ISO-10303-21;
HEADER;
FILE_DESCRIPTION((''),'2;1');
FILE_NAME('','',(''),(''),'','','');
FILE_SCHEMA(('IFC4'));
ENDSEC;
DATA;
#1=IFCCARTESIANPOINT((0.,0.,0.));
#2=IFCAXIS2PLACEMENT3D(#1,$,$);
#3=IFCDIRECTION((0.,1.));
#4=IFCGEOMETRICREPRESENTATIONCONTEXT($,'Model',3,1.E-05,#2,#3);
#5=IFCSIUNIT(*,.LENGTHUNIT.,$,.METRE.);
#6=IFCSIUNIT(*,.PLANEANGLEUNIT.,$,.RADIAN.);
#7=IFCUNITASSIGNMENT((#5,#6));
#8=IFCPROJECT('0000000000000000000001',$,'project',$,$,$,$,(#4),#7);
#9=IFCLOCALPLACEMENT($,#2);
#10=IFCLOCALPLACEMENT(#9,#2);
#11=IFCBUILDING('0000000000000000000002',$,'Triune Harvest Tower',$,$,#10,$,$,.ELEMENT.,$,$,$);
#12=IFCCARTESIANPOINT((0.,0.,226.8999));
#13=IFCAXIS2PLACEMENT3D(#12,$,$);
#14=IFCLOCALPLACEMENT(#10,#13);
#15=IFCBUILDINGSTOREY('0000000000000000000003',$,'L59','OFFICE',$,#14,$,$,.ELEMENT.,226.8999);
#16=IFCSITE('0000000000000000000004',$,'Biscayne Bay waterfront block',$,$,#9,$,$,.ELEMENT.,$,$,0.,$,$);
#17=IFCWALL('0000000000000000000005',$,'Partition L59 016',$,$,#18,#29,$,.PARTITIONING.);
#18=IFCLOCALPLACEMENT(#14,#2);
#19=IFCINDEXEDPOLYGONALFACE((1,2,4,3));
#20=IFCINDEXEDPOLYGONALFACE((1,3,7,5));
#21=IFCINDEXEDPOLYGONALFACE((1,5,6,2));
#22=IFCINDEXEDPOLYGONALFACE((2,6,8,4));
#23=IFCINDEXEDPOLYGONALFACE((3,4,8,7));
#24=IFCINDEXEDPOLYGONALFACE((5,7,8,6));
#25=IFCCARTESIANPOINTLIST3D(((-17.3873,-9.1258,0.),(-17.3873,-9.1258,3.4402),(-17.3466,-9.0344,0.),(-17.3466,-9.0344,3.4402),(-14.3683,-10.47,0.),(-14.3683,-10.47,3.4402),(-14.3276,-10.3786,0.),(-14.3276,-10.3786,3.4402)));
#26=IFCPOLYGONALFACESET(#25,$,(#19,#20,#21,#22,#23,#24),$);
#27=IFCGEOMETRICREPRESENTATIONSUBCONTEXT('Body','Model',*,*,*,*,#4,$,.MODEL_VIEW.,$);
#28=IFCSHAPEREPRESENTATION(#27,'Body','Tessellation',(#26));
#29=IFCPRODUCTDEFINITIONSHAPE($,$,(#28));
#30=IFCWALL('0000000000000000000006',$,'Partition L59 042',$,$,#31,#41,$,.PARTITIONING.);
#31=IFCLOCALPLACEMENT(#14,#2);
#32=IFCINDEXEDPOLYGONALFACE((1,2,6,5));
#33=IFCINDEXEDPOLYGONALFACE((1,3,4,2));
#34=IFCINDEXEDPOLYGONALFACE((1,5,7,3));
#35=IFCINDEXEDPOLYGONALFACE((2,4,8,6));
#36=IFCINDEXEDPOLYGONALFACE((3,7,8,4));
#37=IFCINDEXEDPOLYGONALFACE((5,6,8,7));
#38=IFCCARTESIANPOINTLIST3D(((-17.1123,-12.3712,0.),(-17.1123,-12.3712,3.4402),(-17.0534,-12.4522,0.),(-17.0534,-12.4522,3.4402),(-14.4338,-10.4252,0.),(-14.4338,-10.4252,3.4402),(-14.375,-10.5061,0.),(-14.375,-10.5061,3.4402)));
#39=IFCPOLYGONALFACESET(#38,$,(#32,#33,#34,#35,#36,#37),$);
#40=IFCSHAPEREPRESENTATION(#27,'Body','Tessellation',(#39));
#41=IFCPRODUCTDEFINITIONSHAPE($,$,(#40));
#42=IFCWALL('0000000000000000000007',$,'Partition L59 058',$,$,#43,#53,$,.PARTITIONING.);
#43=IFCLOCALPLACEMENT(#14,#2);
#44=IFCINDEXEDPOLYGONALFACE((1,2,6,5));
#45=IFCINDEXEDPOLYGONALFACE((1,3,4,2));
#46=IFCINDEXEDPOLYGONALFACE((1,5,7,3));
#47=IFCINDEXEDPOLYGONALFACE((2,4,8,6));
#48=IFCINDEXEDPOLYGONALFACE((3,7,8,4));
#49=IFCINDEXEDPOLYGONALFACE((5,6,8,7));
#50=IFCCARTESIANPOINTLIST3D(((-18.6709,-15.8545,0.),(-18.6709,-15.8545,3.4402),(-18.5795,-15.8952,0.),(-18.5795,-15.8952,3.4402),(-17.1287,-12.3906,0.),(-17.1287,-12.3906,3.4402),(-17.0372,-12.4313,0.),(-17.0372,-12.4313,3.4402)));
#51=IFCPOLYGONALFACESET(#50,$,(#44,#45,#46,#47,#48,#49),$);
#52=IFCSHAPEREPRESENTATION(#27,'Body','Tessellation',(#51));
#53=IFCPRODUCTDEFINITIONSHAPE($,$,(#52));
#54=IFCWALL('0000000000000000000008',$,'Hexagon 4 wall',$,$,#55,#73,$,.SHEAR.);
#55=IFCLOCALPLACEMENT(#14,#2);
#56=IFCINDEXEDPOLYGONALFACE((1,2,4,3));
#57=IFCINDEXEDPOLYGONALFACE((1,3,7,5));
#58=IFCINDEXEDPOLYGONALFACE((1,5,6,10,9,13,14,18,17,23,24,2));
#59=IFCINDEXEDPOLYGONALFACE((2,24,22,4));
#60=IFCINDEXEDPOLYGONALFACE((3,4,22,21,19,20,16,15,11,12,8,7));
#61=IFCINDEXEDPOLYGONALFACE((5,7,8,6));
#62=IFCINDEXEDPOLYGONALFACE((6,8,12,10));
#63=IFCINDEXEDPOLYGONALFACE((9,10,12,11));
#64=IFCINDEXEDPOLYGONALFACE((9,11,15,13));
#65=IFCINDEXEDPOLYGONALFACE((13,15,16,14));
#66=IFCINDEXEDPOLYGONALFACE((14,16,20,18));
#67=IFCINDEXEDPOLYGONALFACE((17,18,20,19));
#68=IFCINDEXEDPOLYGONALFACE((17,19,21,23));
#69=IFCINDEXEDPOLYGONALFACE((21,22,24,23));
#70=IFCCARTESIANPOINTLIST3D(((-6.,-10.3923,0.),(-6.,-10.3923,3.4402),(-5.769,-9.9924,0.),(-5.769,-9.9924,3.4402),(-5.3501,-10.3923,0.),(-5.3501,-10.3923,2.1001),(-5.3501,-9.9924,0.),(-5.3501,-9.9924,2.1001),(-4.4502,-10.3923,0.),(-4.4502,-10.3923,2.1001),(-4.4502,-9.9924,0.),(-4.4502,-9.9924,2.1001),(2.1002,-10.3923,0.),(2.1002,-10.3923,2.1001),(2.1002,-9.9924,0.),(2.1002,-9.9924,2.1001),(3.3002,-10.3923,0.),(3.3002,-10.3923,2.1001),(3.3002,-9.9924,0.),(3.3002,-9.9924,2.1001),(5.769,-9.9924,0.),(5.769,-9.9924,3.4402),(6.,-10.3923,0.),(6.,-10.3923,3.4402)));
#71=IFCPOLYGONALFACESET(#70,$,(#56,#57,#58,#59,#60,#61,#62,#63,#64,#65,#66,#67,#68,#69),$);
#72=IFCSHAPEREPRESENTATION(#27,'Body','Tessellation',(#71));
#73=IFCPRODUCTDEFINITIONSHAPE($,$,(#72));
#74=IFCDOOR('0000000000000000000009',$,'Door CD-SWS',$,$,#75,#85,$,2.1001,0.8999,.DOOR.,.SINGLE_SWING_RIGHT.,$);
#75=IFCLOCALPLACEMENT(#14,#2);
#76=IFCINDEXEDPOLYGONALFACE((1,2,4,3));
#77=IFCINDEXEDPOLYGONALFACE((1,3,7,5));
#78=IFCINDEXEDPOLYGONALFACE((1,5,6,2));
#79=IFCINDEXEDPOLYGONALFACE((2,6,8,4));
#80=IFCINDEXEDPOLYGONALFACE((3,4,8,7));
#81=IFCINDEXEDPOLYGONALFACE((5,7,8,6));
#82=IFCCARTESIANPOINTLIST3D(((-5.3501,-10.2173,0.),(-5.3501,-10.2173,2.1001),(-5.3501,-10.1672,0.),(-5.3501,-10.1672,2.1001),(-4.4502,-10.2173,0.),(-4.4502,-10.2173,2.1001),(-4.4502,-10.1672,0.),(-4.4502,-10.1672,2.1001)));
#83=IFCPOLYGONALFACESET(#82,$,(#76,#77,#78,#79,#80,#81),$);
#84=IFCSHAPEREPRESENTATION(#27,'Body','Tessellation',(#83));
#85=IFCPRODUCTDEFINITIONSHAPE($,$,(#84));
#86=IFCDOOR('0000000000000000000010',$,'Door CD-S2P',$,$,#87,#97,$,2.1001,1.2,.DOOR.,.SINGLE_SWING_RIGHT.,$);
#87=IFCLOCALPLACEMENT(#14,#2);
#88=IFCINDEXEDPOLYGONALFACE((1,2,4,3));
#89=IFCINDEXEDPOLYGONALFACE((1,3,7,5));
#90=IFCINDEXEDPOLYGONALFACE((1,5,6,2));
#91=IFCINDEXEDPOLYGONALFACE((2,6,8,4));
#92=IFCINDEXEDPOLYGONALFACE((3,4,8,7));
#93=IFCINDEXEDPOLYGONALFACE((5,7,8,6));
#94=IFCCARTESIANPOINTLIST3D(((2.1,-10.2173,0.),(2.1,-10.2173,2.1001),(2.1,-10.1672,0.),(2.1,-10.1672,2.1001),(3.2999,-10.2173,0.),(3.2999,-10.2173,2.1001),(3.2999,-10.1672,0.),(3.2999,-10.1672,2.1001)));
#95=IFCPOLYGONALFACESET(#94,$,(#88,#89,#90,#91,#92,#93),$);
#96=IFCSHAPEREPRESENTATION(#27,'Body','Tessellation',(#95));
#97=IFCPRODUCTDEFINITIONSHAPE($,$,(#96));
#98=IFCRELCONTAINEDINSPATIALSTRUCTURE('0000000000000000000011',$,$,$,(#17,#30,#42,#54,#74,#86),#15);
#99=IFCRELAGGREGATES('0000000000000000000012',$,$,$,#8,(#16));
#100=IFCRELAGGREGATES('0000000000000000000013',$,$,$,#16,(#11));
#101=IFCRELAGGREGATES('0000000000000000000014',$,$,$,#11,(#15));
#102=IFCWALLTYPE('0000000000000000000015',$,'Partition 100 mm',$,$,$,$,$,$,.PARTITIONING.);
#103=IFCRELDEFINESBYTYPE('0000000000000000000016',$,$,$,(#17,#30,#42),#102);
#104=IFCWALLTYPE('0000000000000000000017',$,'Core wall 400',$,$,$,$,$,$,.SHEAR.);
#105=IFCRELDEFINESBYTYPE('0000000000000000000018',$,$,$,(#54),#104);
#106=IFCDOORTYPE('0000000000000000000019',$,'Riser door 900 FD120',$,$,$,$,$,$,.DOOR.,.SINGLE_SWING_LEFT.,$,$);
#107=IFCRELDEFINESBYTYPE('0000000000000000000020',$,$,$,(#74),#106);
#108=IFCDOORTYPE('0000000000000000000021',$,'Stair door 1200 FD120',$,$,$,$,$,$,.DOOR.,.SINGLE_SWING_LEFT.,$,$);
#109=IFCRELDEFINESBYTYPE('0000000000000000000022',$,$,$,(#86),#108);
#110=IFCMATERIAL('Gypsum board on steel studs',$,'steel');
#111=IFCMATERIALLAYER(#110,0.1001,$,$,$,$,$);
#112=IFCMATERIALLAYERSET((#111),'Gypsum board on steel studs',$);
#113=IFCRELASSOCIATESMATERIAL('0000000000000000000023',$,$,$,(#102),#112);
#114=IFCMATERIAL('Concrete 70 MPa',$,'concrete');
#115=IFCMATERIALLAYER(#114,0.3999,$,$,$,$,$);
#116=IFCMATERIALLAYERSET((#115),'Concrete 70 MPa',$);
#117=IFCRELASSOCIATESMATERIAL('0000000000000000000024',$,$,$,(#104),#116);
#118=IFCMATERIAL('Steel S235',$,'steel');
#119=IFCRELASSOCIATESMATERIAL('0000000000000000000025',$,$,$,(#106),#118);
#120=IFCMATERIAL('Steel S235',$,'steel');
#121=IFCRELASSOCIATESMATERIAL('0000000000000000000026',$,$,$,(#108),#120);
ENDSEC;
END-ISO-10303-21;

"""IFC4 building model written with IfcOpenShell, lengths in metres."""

from ifc_helpers import new_model, si_unit, direction, frame, frame_2d, origin, place, context, subcontext, project, spatial, polyline, rectangle, outline, extrude, source, transform, mapped, material, layer, layer_set, type_object, element, fill, save


model = new_model("IFC4")

# Units and contexts
model_context = context("Model", 3, precision=1e-05, world=origin(), true_north=direction((0.0, 1.0)))
body_context = subcontext(model_context, "Body", "Model", "MODEL_VIEW")
ifc_project = project(units=[si_unit("LENGTHUNIT", "METRE"), si_unit("PLANEANGLEUNIT", "RADIAN")], contexts=[model_context])

# Site, building, storey
site_placement = place(None, origin())
site = spatial("IfcSite", under=ifc_project, at=site_placement, Name="Biscayne Bay waterfront block", CompositionType="ELEMENT", RefElevation=0.0)
building_placement = place(site_placement, origin())
building = spatial("IfcBuilding", under=site, at=building_placement, Name="Triune Harvest Tower", CompositionType="ELEMENT")
storey_placement = place(building_placement, frame((0.0, 0.0, 226.8999)))
storey = spatial("IfcBuildingStorey", under=building, at=storey_placement, Name="L59", Description="OFFICE", CompositionType="ELEMENT", Elevation=226.8999)

# Walls
ifc_material_1 = material(Name="Gypsum board on steel studs", Category="steel")
ifc_layer_1 = layer(ifc_material_1, 0.1001)
ifc_layer_set_1 = layer_set([ifc_layer_1], Name="Gypsum board on steel studs")
wall_type_1 = type_object("IfcWallType", Name="Partition 100 mm", PredefinedType="PARTITIONING", material=ifc_layer_set_1)
wall_1_placement = place(storey_placement, frame((-17.3669, -9.0801, 0.0), z_axis=(0.0, 0.0, 1.0), x_axis=(0.913537, -0.406755, 0.0)))
element("IfcWall", 1, at=wall_1_placement, inside=storey, type_object=wall_type_1, Name="Partition L59 016", PredefinedType="PARTITIONING", context=body_context, shape_type="SweptSolid", body=[
    extrude(rectangle(XDim=3.3047, YDim=0.1001, at=frame_2d((1.6523, 0.0))), origin(), (0.0, 0.0, 1.0), 3.4402),
])
wall_2_placement = place(storey_placement, frame((-17.0828, -12.4116, 0.0), z_axis=(0.0, 0.0, 1.0), x_axis=(0.809013, 0.58779, 0.0)))
element("IfcWall", 2, at=wall_2_placement, inside=storey, type_object=wall_type_1, Name="Partition L59 042", PredefinedType="PARTITIONING", context=body_context, shape_type="SweptSolid", body=[
    extrude(rectangle(XDim=3.3108, YDim=0.1001, at=frame_2d((1.6553, 0.0))), origin(), (0.0, 0.0, 1.0), 3.4402),
])
wall_3_placement = place(storey_placement, frame((-18.6252, -15.875, 0.0), z_axis=(0.0, 0.0, 1.0), x_axis=(0.406742, 0.913543, 0.0)))
element("IfcWall", 3, at=wall_3_placement, inside=storey, type_object=wall_type_1, Name="Partition L59 058", PredefinedType="PARTITIONING", context=body_context, shape_type="SweptSolid", body=[
    extrude(rectangle(XDim=3.7917, YDim=0.1001, at=frame_2d((1.896, 0.0))), origin(), (0.0, 0.0, 1.0), 3.4402),
])

# Wall, openings, doors
ifc_material_2 = material(Name="Concrete 70 MPa", Category="concrete")
ifc_layer_2 = layer(ifc_material_2, 0.3999)
ifc_layer_set_2 = layer_set([ifc_layer_2], Name="Concrete 70 MPa")
wall_type_2 = type_object("IfcWallType", Name="Core wall 400", PredefinedType="SHEAR", material=ifc_layer_set_2)
shared_shape_1 = source(origin(), body_context, "Body", "SweptSolid", [
    extrude(outline(polyline([(-0.1155, -0.2), (11.8845, -0.2), (11.6536, 0.2), (0.1155, 0.2), (-0.1155, -0.2)])), origin(), (0.0, 0.0, 1.0), 3.4402),
])
wall_4_placement = place(storey_placement, frame((-5.8845, -10.1924, 0.0), z_axis=(0.0, 0.0, 1.0), x_axis=(1.0, 0.0, 0.0)))
wall_4 = element("IfcWall", 4, at=wall_4_placement, inside=storey, type_object=wall_type_2, Name="Hexagon 4 wall", PredefinedType="SHEAR", context=body_context, shape_type="MappedRepresentation", body=[
    mapped(shared_shape_1, transform((0.0, 0.0, 0.0), scale=1.0)),
])
opening_1_placement = place(wall_4_placement, frame((7.9846, 0.0, 0.0)))
opening_1 = element("IfcOpeningElement", 5, at=opening_1_placement, cuts=wall_4, PredefinedType="OPENING", context=body_context, shape_type="SweptSolid", body=[
    extrude(rectangle(XDim=1.2, YDim=2.1001, at=frame_2d((0.6001, 1.05))), frame((0.0, 0.21, 0.0), z_axis=(0.0, -1.0, 0.0), x_axis=(1.0, 0.0, 0.0)), (0.0, 0.0, 1.0), 0.4199),
])
opening_2_placement = place(wall_4_placement, frame((0.5344, 0.0, 0.0)))
opening_2 = element("IfcOpeningElement", 6, at=opening_2_placement, cuts=wall_4, PredefinedType="OPENING", context=body_context, shape_type="SweptSolid", body=[
    extrude(rectangle(XDim=0.8999, YDim=2.1001, at=frame_2d((0.45, 1.05))), frame((0.0, 0.21, 0.0), z_axis=(0.0, -1.0, 0.0), x_axis=(1.0, 0.0, 0.0)), (0.0, 0.0, 1.0), 0.4199),
])
ifc_material_3 = material(Name="Steel S235", Category="steel")
door_type_1 = type_object("IfcDoorType", Name="Riser door 900 FD120", OperationType="SINGLE_SWING_LEFT", PredefinedType="DOOR", material=ifc_material_3)
door_1_placement = place(opening_2_placement, frame((0.8999, 0.0, 0.0), z_axis=(0.0, 0.0, 1.0), x_axis=(-1.0, 0.0, 0.0)))
door_1 = element("IfcDoor", 7, at=door_1_placement, inside=storey, type_object=door_type_1, Name="Door CD-SWS", OperationType="SINGLE_SWING_RIGHT", OverallHeight=2.1001, OverallWidth=0.8999, PredefinedType="DOOR", context=body_context, shape_type="SweptSolid", body=[
    extrude(rectangle(XDim=0.8999, YDim=2.1001, at=frame_2d((0.45, 1.05))), frame((0.0, 0.0249, 0.0), z_axis=(0.0, -1.0, 0.0), x_axis=(1.0, 0.0, 0.0)), (0.0, 0.0, 1.0), 0.05),
])
fill(opening_2, door_1)
ifc_material_4 = material(Name="Steel S235", Category="steel")
door_type_2 = type_object("IfcDoorType", Name="Stair door 1200 FD120", OperationType="SINGLE_SWING_LEFT", PredefinedType="DOOR", material=ifc_material_4)
door_2_placement = place(opening_1_placement, frame((1.2, 0.0, 0.0), z_axis=(0.0, 0.0, 1.0), x_axis=(-1.0, 0.0, 0.0)))
door_2 = element("IfcDoor", 8, at=door_2_placement, inside=storey, type_object=door_type_2, Name="Door CD-S2P", OperationType="SINGLE_SWING_RIGHT", OverallHeight=2.1001, OverallWidth=1.2, PredefinedType="DOOR", context=body_context, shape_type="SweptSolid", body=[
    extrude(rectangle(XDim=1.2, YDim=2.1001, at=frame_2d((0.6001, 1.05))), frame((0.0, 0.0249, 0.0), z_axis=(0.0, -1.0, 0.0), x_axis=(1.0, 0.0, 0.0)), (0.0, 0.0, 1.0), 0.05),
])
fill(opening_1, door_2)

save(model, "model.ifc")
